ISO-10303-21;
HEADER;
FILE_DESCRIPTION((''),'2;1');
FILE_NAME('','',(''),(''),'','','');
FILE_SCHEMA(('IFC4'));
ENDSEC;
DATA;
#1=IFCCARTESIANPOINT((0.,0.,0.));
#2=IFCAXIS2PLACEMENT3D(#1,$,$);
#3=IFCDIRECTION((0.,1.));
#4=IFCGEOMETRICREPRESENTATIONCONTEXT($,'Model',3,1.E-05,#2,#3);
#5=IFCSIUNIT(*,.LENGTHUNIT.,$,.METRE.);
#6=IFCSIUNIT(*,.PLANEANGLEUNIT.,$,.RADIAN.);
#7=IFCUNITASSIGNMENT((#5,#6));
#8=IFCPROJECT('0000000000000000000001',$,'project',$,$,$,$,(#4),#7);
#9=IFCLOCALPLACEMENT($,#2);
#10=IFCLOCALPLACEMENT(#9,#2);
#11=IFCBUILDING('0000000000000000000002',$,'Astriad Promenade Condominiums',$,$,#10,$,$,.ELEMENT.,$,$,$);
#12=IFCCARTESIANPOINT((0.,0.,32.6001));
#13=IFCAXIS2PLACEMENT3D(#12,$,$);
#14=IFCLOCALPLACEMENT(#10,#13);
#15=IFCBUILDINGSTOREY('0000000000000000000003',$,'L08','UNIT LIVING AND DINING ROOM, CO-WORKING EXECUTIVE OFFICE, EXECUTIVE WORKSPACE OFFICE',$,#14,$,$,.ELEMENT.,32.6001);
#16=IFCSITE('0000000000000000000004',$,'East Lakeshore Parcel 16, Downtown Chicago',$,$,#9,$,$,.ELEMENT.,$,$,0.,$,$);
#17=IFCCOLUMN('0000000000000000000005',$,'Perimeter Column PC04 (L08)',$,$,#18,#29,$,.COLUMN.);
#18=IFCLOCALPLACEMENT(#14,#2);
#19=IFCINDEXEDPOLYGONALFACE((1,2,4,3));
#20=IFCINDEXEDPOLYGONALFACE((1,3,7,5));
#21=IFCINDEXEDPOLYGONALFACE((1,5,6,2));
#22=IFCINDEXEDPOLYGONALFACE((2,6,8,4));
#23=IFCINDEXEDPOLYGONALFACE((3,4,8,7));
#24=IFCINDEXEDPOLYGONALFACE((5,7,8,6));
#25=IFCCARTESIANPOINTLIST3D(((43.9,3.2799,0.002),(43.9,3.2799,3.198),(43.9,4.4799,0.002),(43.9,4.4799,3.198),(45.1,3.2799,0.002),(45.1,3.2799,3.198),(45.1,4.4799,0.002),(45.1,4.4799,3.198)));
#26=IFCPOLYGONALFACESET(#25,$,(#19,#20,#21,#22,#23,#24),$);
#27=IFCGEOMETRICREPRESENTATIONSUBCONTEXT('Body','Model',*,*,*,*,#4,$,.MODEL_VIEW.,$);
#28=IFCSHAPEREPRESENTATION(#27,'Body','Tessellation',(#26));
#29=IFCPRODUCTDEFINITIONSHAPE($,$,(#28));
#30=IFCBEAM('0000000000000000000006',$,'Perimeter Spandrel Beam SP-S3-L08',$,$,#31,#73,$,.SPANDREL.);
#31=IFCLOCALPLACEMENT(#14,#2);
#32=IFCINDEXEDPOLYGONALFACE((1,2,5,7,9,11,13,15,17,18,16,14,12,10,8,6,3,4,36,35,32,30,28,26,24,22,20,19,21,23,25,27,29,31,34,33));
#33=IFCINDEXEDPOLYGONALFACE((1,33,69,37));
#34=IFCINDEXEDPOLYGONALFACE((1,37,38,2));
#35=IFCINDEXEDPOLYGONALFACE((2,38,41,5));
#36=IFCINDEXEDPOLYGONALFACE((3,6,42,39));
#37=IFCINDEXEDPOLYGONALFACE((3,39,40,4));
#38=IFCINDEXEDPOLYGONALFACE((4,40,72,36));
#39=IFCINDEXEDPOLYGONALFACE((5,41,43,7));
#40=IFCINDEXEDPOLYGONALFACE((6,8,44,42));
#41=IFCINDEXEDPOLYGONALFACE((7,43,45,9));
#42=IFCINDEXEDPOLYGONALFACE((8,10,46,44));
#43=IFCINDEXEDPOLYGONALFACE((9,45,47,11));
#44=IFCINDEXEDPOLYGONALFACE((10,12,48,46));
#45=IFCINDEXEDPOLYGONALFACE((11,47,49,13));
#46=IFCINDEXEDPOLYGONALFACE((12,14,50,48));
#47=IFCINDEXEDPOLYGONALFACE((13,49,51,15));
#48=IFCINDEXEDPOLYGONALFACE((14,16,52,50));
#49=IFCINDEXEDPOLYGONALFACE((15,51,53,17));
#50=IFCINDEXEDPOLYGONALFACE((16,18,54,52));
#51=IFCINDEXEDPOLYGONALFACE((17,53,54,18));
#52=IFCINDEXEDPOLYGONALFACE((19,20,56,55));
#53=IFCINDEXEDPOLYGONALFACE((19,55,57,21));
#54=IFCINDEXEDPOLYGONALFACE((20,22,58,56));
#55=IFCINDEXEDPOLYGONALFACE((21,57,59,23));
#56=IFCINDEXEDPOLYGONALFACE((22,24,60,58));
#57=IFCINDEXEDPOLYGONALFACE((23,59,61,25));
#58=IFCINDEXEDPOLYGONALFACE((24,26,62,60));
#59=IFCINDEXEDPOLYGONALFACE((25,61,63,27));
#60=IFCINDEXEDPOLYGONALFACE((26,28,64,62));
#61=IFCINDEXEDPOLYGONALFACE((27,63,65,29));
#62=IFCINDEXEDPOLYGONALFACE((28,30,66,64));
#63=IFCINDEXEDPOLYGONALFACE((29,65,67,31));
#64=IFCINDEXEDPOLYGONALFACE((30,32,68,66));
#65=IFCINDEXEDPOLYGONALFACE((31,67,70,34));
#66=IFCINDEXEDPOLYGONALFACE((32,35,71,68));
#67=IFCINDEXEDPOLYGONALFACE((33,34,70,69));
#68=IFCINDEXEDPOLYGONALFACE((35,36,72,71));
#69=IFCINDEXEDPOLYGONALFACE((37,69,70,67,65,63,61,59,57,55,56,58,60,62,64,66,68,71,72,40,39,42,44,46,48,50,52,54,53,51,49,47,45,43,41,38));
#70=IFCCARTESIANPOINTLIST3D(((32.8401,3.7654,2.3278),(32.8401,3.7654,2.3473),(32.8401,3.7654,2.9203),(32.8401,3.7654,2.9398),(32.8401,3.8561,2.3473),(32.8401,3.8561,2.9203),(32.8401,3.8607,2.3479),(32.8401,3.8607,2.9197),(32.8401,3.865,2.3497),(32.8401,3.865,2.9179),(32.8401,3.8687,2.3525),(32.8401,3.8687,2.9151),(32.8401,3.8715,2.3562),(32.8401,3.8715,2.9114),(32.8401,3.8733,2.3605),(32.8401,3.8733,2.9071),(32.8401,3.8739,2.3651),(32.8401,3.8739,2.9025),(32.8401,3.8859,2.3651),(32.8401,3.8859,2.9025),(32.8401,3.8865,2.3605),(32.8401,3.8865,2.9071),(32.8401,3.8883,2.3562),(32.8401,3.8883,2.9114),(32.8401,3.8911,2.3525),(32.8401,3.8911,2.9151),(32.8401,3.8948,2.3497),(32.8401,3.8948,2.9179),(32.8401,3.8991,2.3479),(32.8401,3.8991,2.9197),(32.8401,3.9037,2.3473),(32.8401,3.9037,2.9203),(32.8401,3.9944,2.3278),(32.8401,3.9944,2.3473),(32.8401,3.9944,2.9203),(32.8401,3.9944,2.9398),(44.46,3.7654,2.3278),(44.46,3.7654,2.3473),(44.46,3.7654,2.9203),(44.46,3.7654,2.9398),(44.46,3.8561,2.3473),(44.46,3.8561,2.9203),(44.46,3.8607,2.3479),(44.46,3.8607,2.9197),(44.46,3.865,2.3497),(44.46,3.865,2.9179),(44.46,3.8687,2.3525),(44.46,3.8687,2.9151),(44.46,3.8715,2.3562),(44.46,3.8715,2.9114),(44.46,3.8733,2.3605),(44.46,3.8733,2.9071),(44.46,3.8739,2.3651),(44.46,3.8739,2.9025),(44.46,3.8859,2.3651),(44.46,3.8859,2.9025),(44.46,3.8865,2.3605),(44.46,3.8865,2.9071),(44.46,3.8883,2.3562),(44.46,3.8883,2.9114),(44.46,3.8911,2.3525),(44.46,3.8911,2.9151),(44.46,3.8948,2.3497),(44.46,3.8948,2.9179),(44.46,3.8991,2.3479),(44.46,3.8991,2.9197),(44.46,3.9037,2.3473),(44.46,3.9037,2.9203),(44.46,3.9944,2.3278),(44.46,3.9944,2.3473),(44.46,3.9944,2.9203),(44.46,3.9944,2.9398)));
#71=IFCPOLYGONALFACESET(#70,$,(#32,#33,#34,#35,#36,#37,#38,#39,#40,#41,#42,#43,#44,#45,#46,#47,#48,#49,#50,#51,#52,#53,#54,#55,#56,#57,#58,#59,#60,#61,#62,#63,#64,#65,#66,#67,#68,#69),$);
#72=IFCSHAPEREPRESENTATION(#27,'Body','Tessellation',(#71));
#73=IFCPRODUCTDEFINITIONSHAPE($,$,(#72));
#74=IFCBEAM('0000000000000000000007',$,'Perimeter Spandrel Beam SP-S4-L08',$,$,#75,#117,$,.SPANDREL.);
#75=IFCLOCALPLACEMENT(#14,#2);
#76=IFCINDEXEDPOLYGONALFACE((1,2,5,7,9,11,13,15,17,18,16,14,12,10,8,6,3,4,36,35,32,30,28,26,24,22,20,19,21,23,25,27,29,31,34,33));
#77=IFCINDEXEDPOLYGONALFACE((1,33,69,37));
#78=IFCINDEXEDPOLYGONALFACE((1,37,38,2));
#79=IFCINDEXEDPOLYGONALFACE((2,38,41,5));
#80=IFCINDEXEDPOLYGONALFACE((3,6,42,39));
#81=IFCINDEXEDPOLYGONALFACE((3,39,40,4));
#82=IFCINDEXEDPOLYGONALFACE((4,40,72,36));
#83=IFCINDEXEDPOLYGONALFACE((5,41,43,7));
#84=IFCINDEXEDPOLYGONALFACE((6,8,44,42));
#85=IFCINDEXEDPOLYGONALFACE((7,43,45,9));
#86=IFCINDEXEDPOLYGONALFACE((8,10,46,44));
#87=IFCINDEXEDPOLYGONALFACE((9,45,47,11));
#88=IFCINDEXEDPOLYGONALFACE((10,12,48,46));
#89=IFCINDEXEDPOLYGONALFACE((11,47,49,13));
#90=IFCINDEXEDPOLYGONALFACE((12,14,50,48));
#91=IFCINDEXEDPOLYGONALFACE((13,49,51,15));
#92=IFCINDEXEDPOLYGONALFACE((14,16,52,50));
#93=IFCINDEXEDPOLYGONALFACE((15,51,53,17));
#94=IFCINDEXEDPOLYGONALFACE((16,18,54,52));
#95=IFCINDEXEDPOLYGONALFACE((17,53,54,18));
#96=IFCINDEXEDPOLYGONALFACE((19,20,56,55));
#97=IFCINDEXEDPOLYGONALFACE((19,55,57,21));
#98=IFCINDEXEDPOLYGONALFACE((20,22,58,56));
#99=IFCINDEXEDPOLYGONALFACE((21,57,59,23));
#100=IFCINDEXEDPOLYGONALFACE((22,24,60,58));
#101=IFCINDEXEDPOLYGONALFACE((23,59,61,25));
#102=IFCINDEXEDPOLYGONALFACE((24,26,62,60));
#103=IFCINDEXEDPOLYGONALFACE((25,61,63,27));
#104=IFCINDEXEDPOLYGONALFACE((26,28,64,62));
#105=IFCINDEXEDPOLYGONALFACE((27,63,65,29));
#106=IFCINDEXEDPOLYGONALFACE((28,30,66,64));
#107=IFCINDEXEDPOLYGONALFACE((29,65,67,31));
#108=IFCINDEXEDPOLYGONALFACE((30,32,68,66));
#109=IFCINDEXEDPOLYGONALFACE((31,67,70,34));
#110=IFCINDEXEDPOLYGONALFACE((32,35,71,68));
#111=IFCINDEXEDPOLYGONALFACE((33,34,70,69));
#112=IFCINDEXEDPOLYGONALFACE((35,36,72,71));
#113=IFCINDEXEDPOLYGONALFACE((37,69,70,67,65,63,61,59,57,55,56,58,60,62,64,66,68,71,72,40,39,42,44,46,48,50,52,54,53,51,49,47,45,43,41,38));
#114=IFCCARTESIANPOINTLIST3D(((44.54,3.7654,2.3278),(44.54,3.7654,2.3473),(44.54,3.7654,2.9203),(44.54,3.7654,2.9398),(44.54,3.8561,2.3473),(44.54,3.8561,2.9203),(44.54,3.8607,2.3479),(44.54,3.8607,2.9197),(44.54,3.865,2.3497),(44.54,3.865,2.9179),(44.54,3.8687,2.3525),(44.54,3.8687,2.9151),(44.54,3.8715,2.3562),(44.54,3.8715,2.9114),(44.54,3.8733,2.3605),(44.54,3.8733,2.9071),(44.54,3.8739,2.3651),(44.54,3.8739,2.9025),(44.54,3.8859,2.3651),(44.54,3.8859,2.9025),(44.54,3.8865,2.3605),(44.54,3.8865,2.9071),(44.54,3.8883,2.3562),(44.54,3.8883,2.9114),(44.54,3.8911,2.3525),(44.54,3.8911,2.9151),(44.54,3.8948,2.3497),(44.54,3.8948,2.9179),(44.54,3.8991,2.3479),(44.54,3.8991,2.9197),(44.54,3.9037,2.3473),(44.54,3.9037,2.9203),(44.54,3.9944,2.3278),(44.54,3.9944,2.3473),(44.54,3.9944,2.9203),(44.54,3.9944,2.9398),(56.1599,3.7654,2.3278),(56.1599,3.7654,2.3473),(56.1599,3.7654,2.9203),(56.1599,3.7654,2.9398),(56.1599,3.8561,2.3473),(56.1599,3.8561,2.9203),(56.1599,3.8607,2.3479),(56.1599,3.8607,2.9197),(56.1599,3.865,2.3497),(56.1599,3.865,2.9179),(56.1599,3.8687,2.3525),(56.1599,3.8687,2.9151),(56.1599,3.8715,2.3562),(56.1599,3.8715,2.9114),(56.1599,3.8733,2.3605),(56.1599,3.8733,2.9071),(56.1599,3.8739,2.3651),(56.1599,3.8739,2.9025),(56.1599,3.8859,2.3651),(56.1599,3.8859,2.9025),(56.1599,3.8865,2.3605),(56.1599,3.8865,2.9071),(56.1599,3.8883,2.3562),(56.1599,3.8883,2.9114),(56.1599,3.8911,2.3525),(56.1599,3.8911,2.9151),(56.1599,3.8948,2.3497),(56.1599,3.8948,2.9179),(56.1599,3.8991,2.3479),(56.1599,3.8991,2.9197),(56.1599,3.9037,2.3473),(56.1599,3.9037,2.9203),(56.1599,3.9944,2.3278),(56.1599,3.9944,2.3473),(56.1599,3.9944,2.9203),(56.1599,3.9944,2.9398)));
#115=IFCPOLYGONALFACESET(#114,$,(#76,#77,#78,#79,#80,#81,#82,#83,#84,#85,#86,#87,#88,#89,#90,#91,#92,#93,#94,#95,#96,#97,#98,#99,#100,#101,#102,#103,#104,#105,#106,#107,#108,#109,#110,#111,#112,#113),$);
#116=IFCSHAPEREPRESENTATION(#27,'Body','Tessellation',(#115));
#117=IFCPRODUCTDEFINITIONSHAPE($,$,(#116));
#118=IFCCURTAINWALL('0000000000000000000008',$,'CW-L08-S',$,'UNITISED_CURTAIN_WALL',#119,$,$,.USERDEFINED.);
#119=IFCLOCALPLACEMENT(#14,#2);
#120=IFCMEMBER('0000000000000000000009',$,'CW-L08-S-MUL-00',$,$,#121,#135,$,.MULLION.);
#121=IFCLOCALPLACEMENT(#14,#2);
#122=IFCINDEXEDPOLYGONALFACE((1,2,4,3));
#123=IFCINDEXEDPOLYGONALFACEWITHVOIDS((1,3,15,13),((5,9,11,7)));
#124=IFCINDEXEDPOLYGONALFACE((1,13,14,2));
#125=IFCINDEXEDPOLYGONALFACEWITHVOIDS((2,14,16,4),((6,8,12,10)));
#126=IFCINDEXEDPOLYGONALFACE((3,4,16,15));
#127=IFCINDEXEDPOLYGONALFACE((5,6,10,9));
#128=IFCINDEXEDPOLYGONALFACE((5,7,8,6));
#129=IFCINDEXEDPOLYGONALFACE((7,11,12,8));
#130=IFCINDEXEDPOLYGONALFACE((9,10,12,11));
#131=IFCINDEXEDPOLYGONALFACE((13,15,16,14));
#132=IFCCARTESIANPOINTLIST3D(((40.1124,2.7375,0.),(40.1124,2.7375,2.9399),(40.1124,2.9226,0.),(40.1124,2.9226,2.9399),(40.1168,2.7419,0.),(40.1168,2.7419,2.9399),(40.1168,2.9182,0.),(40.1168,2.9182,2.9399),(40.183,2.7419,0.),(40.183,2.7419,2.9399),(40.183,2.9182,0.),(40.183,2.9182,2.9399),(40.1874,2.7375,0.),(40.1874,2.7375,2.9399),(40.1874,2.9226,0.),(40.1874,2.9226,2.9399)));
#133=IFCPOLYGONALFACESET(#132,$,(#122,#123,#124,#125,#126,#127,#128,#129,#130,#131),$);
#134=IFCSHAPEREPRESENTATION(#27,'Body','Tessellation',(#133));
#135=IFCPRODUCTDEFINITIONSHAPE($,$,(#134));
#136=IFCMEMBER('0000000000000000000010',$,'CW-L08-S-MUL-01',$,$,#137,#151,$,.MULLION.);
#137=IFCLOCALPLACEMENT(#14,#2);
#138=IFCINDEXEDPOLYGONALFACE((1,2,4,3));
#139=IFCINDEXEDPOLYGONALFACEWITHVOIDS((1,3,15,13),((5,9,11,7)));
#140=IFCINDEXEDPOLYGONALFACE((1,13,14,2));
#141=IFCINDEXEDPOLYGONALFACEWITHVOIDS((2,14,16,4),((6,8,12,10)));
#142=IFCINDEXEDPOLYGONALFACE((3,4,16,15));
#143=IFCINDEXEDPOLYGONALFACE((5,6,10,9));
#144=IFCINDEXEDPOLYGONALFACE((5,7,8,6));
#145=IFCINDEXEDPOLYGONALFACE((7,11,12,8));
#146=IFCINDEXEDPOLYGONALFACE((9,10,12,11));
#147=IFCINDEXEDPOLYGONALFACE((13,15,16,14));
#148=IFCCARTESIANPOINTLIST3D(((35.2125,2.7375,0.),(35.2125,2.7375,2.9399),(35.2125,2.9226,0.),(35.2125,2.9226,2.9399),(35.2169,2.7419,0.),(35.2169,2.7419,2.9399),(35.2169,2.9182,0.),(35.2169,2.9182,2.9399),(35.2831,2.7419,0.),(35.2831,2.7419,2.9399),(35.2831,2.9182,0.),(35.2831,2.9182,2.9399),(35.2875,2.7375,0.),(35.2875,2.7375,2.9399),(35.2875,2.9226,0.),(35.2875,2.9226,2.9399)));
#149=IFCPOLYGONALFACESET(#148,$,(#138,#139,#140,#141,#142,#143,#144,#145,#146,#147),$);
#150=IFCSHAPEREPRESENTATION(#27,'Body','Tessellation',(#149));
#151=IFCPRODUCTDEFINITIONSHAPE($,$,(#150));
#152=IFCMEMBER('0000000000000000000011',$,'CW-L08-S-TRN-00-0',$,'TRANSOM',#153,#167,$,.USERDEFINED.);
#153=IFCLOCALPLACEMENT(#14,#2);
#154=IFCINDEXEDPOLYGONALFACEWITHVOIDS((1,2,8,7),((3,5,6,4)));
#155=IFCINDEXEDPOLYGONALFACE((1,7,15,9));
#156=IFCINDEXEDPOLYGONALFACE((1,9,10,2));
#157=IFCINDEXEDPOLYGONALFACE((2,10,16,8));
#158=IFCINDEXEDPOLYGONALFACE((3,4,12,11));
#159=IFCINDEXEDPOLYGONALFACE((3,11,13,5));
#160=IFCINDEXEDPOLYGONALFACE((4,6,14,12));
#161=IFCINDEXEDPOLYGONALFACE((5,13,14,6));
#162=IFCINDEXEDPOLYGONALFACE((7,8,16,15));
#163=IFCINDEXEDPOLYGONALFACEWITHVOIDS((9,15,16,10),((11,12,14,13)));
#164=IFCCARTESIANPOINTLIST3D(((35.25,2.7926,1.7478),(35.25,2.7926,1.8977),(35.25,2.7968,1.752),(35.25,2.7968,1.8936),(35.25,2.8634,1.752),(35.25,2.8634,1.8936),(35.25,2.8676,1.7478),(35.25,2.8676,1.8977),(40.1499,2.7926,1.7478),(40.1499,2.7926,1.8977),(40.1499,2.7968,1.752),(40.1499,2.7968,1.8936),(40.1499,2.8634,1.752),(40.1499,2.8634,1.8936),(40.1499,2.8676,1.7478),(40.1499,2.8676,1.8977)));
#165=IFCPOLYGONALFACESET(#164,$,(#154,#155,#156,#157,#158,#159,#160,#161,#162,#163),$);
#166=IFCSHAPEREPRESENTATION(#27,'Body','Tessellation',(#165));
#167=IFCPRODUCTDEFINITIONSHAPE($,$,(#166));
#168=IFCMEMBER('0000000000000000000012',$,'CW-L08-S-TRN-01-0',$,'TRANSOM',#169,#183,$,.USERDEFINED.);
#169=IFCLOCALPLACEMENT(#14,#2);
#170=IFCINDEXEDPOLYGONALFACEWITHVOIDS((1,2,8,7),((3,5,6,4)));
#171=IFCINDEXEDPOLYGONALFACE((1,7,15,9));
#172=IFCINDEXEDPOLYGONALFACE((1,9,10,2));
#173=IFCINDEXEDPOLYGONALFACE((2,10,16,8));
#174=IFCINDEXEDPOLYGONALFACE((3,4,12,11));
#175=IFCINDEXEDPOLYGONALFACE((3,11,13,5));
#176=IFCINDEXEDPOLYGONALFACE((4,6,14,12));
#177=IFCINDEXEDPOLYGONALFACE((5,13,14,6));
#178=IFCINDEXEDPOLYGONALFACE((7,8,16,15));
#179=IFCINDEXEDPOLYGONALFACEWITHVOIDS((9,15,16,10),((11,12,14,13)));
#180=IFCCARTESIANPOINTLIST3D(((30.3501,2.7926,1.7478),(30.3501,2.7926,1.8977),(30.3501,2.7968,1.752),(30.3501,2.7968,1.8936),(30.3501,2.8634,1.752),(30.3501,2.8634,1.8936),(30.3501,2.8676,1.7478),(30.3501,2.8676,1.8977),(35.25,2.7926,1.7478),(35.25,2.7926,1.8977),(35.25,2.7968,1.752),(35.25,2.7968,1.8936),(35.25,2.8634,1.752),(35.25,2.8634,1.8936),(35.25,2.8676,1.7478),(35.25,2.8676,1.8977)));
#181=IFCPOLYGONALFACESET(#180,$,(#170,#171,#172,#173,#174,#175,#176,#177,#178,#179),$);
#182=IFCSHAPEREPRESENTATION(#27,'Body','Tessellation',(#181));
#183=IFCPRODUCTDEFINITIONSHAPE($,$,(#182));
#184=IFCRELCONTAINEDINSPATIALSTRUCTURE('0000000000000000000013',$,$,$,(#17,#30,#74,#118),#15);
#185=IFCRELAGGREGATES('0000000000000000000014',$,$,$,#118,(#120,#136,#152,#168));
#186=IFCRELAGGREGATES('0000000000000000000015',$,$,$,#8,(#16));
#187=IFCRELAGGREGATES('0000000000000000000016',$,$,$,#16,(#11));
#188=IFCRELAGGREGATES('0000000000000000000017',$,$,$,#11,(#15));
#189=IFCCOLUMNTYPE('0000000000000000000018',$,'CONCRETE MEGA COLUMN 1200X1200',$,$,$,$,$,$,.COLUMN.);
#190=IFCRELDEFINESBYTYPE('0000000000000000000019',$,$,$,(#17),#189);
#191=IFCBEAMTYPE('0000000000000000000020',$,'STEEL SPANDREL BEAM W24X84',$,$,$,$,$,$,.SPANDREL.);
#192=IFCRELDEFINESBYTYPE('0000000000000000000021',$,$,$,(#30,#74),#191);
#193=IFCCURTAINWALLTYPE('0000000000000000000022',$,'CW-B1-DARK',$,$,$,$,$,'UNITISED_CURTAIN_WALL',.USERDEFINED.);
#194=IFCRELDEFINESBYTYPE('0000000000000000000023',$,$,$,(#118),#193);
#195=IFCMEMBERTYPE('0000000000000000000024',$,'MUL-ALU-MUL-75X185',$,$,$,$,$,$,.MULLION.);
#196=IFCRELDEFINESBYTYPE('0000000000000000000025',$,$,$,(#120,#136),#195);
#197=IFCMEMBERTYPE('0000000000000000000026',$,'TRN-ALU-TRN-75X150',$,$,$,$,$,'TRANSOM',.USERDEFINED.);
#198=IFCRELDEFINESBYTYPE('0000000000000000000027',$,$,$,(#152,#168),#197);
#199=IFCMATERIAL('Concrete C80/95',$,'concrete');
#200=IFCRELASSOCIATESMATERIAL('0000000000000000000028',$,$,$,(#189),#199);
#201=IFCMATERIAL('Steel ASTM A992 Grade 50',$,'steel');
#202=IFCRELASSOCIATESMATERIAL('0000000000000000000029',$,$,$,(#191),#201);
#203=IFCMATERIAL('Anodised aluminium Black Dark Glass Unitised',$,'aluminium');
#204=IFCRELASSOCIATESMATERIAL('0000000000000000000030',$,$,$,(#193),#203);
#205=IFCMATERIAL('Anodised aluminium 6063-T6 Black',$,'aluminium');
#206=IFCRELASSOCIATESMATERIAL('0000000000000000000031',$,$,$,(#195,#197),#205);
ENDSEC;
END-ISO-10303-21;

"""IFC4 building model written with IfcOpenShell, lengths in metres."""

from ifc_helpers import new_model, si_unit, direction, frame, origin, origin_2d, place, context, subcontext, project, spatial, rectangle, hollow_rectangle, i_section, extrude, source, transform, mapped, material, material_profile, profile_set, type_object, type_shapes, element, aggregate, save


model = new_model("IFC4")

# Units and contexts
model_context = context("Model", 3, precision=1e-05, world=origin(), true_north=direction((0.0, 1.0)))
body_context = subcontext(model_context, "Body", "Model", "MODEL_VIEW")
ifc_project = project(units=[si_unit("LENGTHUNIT", "METRE"), si_unit("PLANEANGLEUNIT", "RADIAN")], contexts=[model_context])

# Site, building, storey
site_placement = place(None, origin())
site = spatial("IfcSite", under=ifc_project, at=site_placement, Name="East Lakeshore Parcel 16, Downtown Chicago", CompositionType="ELEMENT", RefElevation=0.0)
building_placement = place(site_placement, origin())
building = spatial("IfcBuilding", under=site, at=building_placement, Name="Astriad Promenade Condominiums", CompositionType="ELEMENT")
storey_placement = place(building_placement, frame((0.0, 0.0, 32.6001)))
storey = spatial("IfcBuildingStorey", under=building, at=storey_placement, Name="L08", Description="UNIT LIVING AND DINING ROOM, CO-WORKING EXECUTIVE OFFICE, EXECUTIVE WORKSPACE OFFICE", CompositionType="ELEMENT", Elevation=32.6001)

# Column
ifc_material_1 = material(Name="Concrete C80/95", Category="concrete")
ifc_material_profile_1 = material_profile(ifc_material_1, rectangle(XDim=1.2, YDim=1.2, at=origin_2d()), Name="RC-COL-1200X1200")
ifc_profile_set_1 = profile_set([ifc_material_profile_1], Name="Concrete C80/95")
column_type = type_object("IfcColumnType", Name="CONCRETE MEGA COLUMN 1200X1200", PredefinedType="COLUMN", material=ifc_profile_set_1)
shared_shape_1 = source(origin(), body_context, "Body", "SweptSolid", [
    extrude(rectangle(XDim=1.2, YDim=1.2, at=origin_2d()), origin(), (0.0, 0.0, 1.0), 3.196),
])
type_shapes(column_type, [shared_shape_1])
column_placement = place(storey_placement, frame((44.5, 3.8799, 0.002), z_axis=(0.0, 0.0, 1.0), x_axis=(1.0, 0.0, 0.0)))
element("IfcColumn", 1, at=column_placement, inside=storey, type_object=column_type, Name="Perimeter Column PC04 (L08)", PredefinedType="COLUMN", context=body_context, shape_type="MappedRepresentation", body=[
    mapped(shared_shape_1, transform((0.0, 0.0, 0.0), scale=1.0)),
])

# Beams
ifc_material_2 = material(Name="Steel ASTM A992 Grade 50", Category="steel")
ifc_material_profile_2 = material_profile(ifc_material_2, i_section(OverallWidth=0.229, OverallDepth=0.6121, WebThickness=0.012, FlangeThickness=0.0195, FilletRadius=0.0178, at=origin_2d()), Name="W24X84")
ifc_profile_set_2 = profile_set([ifc_material_profile_2], Name="Steel ASTM A992 Grade 50")
beam_type = type_object("IfcBeamType", Name="STEEL SPANDREL BEAM W24X84", PredefinedType="SPANDREL", material=ifc_profile_set_2)
shared_shape_2 = source(origin(), body_context, "Body", "SweptSolid", [
    extrude(i_section(OverallWidth=0.229, OverallDepth=0.6121, WebThickness=0.012, FlangeThickness=0.0195, FilletRadius=0.0178, at=origin_2d()), origin(), (0.0, 0.0, 1.0), 11.6199),
])
type_shapes(beam_type, [shared_shape_2])
for number, where, z_axis, x_axis, name in (
    (2, (32.8401, 3.8799, 2.6338), (1.0, 0.0, 0.0), (0.0, 1.0, 0.0), "Perimeter Spandrel Beam SP-S3-L08"),
    (3, (44.54, 3.8799, 2.6338), (1.0, 0.0, 0.0), (0.0, 1.0, 0.0), "Perimeter Spandrel Beam SP-S4-L08"),
):
    element("IfcBeam", number, at=place(storey_placement, frame(where, z_axis=z_axis, x_axis=x_axis)), inside=storey, type_object=beam_type, Name=name, PredefinedType="SPANDREL", context=body_context, shape_type="MappedRepresentation", body=[
        mapped(shared_shape_2, transform((0.0, 0.0, 0.0), scale=1.0)),
    ])

# Curtain wall, members
ifc_material_3 = material(Name="Anodised aluminium Black Dark Glass Unitised", Category="aluminium")
curtain_wall_type = type_object("IfcCurtainWallType", Name="CW-B1-DARK", ElementType="UNITISED_CURTAIN_WALL", PredefinedType="USERDEFINED", material=ifc_material_3)
curtain_wall_placement = place(storey_placement, origin())
curtain_wall = element("IfcCurtainWall", 4, at=curtain_wall_placement, inside=storey, type_object=curtain_wall_type, Name="CW-L08-S", ObjectType="UNITISED_CURTAIN_WALL", PredefinedType="USERDEFINED")
ifc_material_4 = material(Name="Anodised aluminium 6063-T6 Black", Category="aluminium")
ifc_material_profile_3 = material_profile(ifc_material_4, hollow_rectangle(XDim=0.075, YDim=0.1851, WallThickness=0.0044, at=origin_2d()), Name="ALU-MUL-75X185")
ifc_profile_set_3 = profile_set([ifc_material_profile_3], Name="Anodised aluminium 6063-T6 Black")
member_type_1 = type_object("IfcMemberType", Name="MUL-ALU-MUL-75X185", PredefinedType="MULLION", material=ifc_profile_set_3)
shared_shape_3 = source(origin(), body_context, "Body", "SweptSolid", [
    extrude(hollow_rectangle(XDim=0.075, YDim=0.1851, WallThickness=0.0044, at=origin_2d()), origin(), (0.0, 0.0, 1.0), 2.9399),
])
type_shapes(member_type_1, [shared_shape_3])
member_1_placement = place(storey_placement, frame((40.1499, 2.8301, 0.0), z_axis=(0.0, 0.0, 1.0), x_axis=(1.0, 0.0, 0.0)))
member_1 = element("IfcMember", 5, at=member_1_placement, type_object=member_type_1, Name="CW-L08-S-MUL-00", PredefinedType="MULLION", context=body_context, shape_type="MappedRepresentation", body=[
    mapped(shared_shape_3, transform((0.0, 0.0, 0.0), scale=1.0)),
])
member_2_placement = place(storey_placement, frame((35.25, 2.8301, 0.0), z_axis=(0.0, 0.0, 1.0), x_axis=(1.0, 0.0, 0.0)))
member_2 = element("IfcMember", 6, at=member_2_placement, type_object=member_type_1, Name="CW-L08-S-MUL-01", PredefinedType="MULLION", context=body_context, shape_type="MappedRepresentation", body=[
    mapped(shared_shape_3, transform((0.0, 0.0, 0.0), scale=1.0)),
])
ifc_material_profile_4 = material_profile(ifc_material_4, hollow_rectangle(XDim=0.075, YDim=0.1499, WallThickness=0.0042, at=origin_2d()), Name="ALU-TRN-75X150")
ifc_profile_set_4 = profile_set([ifc_material_profile_4], Name="Anodised aluminium 6063-T6 Black")
member_type_2 = type_object("IfcMemberType", Name="TRN-ALU-TRN-75X150", ElementType="TRANSOM", PredefinedType="USERDEFINED", material=ifc_profile_set_4)
shared_shape_4 = source(origin(), body_context, "Body", "SweptSolid", [
    extrude(hollow_rectangle(XDim=0.075, YDim=0.1499, WallThickness=0.0042, at=origin_2d()), origin(), (0.0, 0.0, 1.0), 4.8999),
])
type_shapes(member_type_2, [shared_shape_4])
member_3_placement = place(storey_placement, frame((40.1499, 2.8301, 1.8228), z_axis=(-1.0, 0.0, 0.0), x_axis=(0.0, -1.0, 0.0)))
member_3 = element("IfcMember", 7, at=member_3_placement, type_object=member_type_2, Name="CW-L08-S-TRN-00-0", ObjectType="TRANSOM", PredefinedType="USERDEFINED", context=body_context, shape_type="MappedRepresentation", body=[
    mapped(shared_shape_4, transform((0.0, 0.0, 0.0), scale=1.0)),
])
member_4_placement = place(storey_placement, frame((35.25, 2.8301, 1.8228), z_axis=(-1.0, 0.0, 0.0), x_axis=(0.0, -1.0, 0.0)))
member_4 = element("IfcMember", 8, at=member_4_placement, type_object=member_type_2, Name="CW-L08-S-TRN-01-0", ObjectType="TRANSOM", PredefinedType="USERDEFINED", context=body_context, shape_type="MappedRepresentation", body=[
    mapped(shared_shape_4, transform((0.0, 0.0, 0.0), scale=1.0)),
])
aggregate(curtain_wall, [member_1, member_2, member_3, member_4])

save(model, "model.ifc")
